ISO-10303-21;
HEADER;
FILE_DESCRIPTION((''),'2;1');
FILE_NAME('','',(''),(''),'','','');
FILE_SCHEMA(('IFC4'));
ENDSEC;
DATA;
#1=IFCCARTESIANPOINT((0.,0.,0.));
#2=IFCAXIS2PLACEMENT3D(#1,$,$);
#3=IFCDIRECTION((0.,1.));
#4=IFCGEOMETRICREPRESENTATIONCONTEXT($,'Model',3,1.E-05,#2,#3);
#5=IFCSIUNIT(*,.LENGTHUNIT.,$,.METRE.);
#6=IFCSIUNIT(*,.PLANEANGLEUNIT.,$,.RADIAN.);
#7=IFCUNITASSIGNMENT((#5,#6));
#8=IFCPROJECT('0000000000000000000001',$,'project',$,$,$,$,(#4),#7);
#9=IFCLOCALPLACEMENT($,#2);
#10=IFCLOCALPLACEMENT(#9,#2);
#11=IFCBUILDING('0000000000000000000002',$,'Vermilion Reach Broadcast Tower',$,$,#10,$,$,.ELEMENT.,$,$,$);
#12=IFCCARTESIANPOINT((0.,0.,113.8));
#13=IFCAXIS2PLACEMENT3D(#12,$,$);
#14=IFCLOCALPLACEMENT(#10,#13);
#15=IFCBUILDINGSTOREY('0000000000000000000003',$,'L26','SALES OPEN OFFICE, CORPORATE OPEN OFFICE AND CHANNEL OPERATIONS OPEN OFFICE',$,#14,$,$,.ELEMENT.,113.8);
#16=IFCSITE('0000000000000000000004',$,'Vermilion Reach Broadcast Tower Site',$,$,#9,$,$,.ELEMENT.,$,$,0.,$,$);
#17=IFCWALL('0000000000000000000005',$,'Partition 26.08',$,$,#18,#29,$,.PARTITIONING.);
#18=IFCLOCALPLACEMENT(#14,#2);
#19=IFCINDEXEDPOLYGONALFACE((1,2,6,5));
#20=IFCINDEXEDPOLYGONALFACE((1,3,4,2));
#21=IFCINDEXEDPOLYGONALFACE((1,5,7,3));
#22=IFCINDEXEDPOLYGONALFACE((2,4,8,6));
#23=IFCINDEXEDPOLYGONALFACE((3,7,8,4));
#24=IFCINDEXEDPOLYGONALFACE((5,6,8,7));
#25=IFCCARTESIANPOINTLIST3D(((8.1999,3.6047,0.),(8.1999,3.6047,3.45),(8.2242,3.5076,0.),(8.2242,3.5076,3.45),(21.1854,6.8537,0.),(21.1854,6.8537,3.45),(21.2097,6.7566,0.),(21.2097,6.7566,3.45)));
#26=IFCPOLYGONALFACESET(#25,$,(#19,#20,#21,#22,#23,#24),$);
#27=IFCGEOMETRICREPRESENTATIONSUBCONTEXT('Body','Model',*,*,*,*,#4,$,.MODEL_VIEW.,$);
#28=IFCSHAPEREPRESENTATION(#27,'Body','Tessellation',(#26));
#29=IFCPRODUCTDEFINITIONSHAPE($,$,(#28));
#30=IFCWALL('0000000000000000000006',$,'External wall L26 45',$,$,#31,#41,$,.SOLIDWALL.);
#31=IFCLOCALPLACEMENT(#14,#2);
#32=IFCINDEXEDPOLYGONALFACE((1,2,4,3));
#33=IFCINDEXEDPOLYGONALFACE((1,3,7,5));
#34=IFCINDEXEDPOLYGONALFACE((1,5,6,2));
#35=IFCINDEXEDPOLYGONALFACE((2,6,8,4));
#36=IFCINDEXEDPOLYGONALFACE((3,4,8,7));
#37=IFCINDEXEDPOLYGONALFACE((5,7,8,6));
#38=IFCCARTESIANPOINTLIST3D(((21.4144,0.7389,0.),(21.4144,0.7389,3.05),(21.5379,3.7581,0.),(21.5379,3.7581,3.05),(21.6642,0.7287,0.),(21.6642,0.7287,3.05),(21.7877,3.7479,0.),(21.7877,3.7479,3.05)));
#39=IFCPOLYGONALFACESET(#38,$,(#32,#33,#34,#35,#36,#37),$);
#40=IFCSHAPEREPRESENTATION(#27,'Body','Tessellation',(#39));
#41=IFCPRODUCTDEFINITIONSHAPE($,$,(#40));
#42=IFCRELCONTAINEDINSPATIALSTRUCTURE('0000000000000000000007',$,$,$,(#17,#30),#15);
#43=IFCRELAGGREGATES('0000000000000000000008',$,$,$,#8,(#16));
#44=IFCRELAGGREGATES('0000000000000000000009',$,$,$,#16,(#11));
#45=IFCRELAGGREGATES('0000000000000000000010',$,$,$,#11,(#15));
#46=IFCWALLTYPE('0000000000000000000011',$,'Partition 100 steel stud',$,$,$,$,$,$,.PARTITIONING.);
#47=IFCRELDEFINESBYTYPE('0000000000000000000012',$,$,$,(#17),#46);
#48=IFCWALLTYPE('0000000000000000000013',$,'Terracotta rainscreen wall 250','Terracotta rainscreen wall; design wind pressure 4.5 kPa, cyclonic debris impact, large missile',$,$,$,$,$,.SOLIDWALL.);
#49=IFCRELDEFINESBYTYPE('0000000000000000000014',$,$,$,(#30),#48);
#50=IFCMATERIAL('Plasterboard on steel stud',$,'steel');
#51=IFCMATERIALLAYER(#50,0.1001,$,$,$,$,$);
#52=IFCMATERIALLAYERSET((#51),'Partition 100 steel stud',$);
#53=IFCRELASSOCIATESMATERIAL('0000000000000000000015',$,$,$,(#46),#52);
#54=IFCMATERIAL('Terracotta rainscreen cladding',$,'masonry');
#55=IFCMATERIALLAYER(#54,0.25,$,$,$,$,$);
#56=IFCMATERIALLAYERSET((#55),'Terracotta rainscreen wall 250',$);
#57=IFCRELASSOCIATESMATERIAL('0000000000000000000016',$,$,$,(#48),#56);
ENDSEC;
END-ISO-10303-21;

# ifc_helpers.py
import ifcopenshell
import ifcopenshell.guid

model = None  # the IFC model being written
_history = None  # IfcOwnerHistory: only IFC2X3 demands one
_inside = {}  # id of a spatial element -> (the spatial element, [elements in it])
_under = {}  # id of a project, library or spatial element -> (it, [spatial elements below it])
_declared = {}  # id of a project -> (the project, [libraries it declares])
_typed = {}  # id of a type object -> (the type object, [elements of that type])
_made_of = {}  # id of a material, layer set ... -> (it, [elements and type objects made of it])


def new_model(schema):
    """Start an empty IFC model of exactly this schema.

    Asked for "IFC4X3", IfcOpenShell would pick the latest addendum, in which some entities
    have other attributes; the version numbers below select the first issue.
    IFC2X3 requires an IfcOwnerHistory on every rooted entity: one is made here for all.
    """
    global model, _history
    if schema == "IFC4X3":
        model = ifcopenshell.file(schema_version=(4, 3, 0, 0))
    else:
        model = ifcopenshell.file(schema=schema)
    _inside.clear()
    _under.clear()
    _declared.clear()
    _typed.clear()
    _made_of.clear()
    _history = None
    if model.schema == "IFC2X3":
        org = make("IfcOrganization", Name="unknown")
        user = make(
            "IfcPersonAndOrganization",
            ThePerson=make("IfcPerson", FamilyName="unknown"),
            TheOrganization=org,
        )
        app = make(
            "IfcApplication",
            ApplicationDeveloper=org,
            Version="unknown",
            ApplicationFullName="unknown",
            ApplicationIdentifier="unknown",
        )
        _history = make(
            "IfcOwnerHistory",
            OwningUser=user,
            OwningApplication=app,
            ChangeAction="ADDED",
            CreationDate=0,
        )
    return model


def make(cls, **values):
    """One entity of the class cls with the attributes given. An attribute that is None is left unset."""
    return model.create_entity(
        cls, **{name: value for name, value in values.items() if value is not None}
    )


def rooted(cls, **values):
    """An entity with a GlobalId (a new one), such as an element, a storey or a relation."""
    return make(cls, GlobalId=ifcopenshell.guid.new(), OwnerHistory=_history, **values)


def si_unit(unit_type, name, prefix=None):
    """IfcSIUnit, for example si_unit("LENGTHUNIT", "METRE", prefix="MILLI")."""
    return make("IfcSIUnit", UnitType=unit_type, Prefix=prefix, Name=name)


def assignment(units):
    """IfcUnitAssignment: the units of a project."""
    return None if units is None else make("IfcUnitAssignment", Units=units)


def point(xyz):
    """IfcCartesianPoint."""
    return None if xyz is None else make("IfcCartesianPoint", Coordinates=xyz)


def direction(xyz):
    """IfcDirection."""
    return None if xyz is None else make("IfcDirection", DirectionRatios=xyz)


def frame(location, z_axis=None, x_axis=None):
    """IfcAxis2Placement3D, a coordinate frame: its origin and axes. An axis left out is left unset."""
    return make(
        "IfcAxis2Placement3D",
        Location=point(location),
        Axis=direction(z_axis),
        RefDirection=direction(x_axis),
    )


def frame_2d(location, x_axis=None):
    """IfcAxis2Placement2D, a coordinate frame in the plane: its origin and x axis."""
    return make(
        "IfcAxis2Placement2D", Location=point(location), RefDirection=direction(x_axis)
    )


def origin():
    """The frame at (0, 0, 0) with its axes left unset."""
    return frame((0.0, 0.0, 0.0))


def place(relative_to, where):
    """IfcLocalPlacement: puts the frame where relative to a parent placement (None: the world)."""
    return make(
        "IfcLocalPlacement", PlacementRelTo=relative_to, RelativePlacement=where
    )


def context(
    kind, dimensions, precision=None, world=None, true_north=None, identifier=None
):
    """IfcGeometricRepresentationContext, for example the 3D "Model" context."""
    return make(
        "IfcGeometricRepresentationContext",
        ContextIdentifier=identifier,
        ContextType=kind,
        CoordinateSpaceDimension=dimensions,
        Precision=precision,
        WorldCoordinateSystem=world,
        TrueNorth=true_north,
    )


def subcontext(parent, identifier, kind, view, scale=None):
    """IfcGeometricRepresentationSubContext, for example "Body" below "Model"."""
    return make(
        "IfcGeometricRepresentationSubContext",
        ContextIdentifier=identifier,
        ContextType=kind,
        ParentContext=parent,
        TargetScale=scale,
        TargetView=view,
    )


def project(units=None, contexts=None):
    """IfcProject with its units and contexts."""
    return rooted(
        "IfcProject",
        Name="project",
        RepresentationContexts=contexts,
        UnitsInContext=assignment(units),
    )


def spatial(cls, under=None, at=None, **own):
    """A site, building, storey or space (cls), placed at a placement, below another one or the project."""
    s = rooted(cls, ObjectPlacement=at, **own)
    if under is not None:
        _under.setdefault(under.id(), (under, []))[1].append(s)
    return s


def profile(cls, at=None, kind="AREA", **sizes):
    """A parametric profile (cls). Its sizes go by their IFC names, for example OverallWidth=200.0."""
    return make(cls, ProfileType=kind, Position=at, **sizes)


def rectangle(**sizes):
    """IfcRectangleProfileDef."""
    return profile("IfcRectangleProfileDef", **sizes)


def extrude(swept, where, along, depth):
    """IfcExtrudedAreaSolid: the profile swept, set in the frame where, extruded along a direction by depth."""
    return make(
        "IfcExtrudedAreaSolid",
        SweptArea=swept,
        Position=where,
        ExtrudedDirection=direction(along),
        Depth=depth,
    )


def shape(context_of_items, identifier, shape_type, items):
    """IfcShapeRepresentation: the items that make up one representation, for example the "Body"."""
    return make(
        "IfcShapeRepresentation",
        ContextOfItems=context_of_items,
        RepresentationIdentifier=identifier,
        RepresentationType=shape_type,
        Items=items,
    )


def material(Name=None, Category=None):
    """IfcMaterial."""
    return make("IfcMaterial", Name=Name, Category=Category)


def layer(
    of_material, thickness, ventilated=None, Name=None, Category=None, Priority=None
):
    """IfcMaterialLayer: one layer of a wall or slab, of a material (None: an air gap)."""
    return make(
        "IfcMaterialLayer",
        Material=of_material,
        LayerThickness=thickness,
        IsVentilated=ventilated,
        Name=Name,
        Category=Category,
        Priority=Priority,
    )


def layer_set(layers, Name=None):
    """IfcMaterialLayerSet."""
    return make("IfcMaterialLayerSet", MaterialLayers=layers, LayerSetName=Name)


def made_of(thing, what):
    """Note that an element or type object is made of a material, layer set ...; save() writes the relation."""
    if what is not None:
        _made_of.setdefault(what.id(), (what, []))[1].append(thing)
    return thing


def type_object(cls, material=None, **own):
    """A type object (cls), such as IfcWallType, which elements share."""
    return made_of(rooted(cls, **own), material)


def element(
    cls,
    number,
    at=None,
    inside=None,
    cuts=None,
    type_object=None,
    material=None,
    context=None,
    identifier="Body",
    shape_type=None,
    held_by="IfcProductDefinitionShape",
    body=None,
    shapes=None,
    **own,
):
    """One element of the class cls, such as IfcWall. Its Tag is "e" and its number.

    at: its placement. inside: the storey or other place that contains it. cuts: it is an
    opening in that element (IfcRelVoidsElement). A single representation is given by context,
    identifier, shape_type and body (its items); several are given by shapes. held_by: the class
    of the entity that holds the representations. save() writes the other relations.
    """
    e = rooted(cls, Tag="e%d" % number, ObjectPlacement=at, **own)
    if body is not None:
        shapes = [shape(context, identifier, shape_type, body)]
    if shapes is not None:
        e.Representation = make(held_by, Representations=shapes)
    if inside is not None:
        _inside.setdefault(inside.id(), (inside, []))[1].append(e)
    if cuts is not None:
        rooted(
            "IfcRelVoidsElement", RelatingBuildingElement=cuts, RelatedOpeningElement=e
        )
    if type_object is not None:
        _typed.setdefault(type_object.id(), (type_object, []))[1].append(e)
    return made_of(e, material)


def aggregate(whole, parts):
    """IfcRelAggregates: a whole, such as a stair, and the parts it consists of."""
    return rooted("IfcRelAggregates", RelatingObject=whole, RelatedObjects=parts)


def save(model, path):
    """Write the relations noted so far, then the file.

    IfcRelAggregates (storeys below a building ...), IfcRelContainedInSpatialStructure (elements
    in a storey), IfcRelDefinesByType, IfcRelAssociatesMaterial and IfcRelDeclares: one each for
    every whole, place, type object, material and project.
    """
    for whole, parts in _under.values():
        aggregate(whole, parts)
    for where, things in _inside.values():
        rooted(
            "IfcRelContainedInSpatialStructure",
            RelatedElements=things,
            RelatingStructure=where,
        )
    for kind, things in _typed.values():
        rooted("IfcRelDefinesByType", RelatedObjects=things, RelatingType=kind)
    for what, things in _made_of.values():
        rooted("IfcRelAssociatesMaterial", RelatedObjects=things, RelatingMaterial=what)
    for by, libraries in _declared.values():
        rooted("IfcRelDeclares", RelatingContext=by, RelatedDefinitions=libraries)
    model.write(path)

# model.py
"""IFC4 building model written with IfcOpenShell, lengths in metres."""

from ifc_helpers import new_model, si_unit, direction, frame, frame_2d, origin, place, context, subcontext, project, spatial, rectangle, extrude, material, layer, layer_set, type_object, element, save


model = new_model("IFC4")

# Units and contexts
model_context = context("Model", 3, precision=1e-05, world=origin(), true_north=direction((0.0, 1.0)))
body_context = subcontext(model_context, "Body", "Model", "MODEL_VIEW")
ifc_project = project(units=[si_unit("LENGTHUNIT", "METRE"), si_unit("PLANEANGLEUNIT", "RADIAN")], contexts=[model_context])

# Site, building, storey
site_placement = place(None, origin())
site = spatial("IfcSite", under=ifc_project, at=site_placement, Name="Vermilion Reach Broadcast Tower Site", CompositionType="ELEMENT", RefElevation=0.0)
building_placement = place(site_placement, origin())
building = spatial("IfcBuilding", under=site, at=building_placement, Name="Vermilion Reach Broadcast Tower", CompositionType="ELEMENT")
storey_placement = place(building_placement, frame((0.0, 0.0, 113.8)))
storey = spatial("IfcBuildingStorey", under=building, at=storey_placement, Name="L26", Description="SALES OPEN OFFICE, CORPORATE OPEN OFFICE AND CHANNEL OPERATIONS OPEN OFFICE", CompositionType="ELEMENT", Elevation=113.8)

# Walls
ifc_material_1 = material(Name="Plasterboard on steel stud", Category="steel")
ifc_layer_1 = layer(ifc_material_1, 0.1001)
ifc_layer_set_1 = layer_set([ifc_layer_1], Name="Partition 100 steel stud")
wall_type_1 = type_object("IfcWallType", Name="Partition 100 steel stud", PredefinedType="PARTITIONING", material=ifc_layer_set_1)
wall_1_placement = place(storey_placement, frame((21.1975, 6.8052, 0.0), z_axis=(0.0, 0.0, 1.0), x_axis=(-0.970095, -0.242724, 0.0)))
element("IfcWall", 1, at=wall_1_placement, inside=storey, type_object=wall_type_1, Name="Partition 26.08", PredefinedType="PARTITIONING", context=body_context, shape_type="SweptSolid", body=[
    extrude(rectangle(XDim=13.3857, YDim=0.1001, at=frame_2d((6.6929, 0.0))), origin(), (0.0, 0.0, 1.0), 3.45),
])
ifc_material_2 = material(Name="Terracotta rainscreen cladding", Category="masonry")
ifc_layer_2 = layer(ifc_material_2, 0.25)
ifc_layer_set_2 = layer_set([ifc_layer_2], Name="Terracotta rainscreen wall 250")
wall_type_2 = type_object("IfcWallType", Name="Terracotta rainscreen wall 250", Description="Terracotta rainscreen wall; design wind pressure 4.5 kPa, cyclonic debris impact, large missile", PredefinedType="SOLIDWALL", material=ifc_layer_set_2)
wall_2_placement = place(storey_placement, frame((21.5393, 0.7339, 0.0), z_axis=(0.0, 0.0, 1.0), x_axis=(0.040881, 0.999164, 0.0)))
element("IfcWall", 2, at=wall_2_placement, inside=storey, type_object=wall_type_2, Name="External wall L26 45", PredefinedType="SOLIDWALL", context=body_context, shape_type="SweptSolid", body=[
    extrude(rectangle(XDim=3.0217, YDim=0.25, at=frame_2d((1.5107, 0.0))), origin(), (0.0, 0.0, 1.0), 3.05),
])

save(model, "model.ifc")
